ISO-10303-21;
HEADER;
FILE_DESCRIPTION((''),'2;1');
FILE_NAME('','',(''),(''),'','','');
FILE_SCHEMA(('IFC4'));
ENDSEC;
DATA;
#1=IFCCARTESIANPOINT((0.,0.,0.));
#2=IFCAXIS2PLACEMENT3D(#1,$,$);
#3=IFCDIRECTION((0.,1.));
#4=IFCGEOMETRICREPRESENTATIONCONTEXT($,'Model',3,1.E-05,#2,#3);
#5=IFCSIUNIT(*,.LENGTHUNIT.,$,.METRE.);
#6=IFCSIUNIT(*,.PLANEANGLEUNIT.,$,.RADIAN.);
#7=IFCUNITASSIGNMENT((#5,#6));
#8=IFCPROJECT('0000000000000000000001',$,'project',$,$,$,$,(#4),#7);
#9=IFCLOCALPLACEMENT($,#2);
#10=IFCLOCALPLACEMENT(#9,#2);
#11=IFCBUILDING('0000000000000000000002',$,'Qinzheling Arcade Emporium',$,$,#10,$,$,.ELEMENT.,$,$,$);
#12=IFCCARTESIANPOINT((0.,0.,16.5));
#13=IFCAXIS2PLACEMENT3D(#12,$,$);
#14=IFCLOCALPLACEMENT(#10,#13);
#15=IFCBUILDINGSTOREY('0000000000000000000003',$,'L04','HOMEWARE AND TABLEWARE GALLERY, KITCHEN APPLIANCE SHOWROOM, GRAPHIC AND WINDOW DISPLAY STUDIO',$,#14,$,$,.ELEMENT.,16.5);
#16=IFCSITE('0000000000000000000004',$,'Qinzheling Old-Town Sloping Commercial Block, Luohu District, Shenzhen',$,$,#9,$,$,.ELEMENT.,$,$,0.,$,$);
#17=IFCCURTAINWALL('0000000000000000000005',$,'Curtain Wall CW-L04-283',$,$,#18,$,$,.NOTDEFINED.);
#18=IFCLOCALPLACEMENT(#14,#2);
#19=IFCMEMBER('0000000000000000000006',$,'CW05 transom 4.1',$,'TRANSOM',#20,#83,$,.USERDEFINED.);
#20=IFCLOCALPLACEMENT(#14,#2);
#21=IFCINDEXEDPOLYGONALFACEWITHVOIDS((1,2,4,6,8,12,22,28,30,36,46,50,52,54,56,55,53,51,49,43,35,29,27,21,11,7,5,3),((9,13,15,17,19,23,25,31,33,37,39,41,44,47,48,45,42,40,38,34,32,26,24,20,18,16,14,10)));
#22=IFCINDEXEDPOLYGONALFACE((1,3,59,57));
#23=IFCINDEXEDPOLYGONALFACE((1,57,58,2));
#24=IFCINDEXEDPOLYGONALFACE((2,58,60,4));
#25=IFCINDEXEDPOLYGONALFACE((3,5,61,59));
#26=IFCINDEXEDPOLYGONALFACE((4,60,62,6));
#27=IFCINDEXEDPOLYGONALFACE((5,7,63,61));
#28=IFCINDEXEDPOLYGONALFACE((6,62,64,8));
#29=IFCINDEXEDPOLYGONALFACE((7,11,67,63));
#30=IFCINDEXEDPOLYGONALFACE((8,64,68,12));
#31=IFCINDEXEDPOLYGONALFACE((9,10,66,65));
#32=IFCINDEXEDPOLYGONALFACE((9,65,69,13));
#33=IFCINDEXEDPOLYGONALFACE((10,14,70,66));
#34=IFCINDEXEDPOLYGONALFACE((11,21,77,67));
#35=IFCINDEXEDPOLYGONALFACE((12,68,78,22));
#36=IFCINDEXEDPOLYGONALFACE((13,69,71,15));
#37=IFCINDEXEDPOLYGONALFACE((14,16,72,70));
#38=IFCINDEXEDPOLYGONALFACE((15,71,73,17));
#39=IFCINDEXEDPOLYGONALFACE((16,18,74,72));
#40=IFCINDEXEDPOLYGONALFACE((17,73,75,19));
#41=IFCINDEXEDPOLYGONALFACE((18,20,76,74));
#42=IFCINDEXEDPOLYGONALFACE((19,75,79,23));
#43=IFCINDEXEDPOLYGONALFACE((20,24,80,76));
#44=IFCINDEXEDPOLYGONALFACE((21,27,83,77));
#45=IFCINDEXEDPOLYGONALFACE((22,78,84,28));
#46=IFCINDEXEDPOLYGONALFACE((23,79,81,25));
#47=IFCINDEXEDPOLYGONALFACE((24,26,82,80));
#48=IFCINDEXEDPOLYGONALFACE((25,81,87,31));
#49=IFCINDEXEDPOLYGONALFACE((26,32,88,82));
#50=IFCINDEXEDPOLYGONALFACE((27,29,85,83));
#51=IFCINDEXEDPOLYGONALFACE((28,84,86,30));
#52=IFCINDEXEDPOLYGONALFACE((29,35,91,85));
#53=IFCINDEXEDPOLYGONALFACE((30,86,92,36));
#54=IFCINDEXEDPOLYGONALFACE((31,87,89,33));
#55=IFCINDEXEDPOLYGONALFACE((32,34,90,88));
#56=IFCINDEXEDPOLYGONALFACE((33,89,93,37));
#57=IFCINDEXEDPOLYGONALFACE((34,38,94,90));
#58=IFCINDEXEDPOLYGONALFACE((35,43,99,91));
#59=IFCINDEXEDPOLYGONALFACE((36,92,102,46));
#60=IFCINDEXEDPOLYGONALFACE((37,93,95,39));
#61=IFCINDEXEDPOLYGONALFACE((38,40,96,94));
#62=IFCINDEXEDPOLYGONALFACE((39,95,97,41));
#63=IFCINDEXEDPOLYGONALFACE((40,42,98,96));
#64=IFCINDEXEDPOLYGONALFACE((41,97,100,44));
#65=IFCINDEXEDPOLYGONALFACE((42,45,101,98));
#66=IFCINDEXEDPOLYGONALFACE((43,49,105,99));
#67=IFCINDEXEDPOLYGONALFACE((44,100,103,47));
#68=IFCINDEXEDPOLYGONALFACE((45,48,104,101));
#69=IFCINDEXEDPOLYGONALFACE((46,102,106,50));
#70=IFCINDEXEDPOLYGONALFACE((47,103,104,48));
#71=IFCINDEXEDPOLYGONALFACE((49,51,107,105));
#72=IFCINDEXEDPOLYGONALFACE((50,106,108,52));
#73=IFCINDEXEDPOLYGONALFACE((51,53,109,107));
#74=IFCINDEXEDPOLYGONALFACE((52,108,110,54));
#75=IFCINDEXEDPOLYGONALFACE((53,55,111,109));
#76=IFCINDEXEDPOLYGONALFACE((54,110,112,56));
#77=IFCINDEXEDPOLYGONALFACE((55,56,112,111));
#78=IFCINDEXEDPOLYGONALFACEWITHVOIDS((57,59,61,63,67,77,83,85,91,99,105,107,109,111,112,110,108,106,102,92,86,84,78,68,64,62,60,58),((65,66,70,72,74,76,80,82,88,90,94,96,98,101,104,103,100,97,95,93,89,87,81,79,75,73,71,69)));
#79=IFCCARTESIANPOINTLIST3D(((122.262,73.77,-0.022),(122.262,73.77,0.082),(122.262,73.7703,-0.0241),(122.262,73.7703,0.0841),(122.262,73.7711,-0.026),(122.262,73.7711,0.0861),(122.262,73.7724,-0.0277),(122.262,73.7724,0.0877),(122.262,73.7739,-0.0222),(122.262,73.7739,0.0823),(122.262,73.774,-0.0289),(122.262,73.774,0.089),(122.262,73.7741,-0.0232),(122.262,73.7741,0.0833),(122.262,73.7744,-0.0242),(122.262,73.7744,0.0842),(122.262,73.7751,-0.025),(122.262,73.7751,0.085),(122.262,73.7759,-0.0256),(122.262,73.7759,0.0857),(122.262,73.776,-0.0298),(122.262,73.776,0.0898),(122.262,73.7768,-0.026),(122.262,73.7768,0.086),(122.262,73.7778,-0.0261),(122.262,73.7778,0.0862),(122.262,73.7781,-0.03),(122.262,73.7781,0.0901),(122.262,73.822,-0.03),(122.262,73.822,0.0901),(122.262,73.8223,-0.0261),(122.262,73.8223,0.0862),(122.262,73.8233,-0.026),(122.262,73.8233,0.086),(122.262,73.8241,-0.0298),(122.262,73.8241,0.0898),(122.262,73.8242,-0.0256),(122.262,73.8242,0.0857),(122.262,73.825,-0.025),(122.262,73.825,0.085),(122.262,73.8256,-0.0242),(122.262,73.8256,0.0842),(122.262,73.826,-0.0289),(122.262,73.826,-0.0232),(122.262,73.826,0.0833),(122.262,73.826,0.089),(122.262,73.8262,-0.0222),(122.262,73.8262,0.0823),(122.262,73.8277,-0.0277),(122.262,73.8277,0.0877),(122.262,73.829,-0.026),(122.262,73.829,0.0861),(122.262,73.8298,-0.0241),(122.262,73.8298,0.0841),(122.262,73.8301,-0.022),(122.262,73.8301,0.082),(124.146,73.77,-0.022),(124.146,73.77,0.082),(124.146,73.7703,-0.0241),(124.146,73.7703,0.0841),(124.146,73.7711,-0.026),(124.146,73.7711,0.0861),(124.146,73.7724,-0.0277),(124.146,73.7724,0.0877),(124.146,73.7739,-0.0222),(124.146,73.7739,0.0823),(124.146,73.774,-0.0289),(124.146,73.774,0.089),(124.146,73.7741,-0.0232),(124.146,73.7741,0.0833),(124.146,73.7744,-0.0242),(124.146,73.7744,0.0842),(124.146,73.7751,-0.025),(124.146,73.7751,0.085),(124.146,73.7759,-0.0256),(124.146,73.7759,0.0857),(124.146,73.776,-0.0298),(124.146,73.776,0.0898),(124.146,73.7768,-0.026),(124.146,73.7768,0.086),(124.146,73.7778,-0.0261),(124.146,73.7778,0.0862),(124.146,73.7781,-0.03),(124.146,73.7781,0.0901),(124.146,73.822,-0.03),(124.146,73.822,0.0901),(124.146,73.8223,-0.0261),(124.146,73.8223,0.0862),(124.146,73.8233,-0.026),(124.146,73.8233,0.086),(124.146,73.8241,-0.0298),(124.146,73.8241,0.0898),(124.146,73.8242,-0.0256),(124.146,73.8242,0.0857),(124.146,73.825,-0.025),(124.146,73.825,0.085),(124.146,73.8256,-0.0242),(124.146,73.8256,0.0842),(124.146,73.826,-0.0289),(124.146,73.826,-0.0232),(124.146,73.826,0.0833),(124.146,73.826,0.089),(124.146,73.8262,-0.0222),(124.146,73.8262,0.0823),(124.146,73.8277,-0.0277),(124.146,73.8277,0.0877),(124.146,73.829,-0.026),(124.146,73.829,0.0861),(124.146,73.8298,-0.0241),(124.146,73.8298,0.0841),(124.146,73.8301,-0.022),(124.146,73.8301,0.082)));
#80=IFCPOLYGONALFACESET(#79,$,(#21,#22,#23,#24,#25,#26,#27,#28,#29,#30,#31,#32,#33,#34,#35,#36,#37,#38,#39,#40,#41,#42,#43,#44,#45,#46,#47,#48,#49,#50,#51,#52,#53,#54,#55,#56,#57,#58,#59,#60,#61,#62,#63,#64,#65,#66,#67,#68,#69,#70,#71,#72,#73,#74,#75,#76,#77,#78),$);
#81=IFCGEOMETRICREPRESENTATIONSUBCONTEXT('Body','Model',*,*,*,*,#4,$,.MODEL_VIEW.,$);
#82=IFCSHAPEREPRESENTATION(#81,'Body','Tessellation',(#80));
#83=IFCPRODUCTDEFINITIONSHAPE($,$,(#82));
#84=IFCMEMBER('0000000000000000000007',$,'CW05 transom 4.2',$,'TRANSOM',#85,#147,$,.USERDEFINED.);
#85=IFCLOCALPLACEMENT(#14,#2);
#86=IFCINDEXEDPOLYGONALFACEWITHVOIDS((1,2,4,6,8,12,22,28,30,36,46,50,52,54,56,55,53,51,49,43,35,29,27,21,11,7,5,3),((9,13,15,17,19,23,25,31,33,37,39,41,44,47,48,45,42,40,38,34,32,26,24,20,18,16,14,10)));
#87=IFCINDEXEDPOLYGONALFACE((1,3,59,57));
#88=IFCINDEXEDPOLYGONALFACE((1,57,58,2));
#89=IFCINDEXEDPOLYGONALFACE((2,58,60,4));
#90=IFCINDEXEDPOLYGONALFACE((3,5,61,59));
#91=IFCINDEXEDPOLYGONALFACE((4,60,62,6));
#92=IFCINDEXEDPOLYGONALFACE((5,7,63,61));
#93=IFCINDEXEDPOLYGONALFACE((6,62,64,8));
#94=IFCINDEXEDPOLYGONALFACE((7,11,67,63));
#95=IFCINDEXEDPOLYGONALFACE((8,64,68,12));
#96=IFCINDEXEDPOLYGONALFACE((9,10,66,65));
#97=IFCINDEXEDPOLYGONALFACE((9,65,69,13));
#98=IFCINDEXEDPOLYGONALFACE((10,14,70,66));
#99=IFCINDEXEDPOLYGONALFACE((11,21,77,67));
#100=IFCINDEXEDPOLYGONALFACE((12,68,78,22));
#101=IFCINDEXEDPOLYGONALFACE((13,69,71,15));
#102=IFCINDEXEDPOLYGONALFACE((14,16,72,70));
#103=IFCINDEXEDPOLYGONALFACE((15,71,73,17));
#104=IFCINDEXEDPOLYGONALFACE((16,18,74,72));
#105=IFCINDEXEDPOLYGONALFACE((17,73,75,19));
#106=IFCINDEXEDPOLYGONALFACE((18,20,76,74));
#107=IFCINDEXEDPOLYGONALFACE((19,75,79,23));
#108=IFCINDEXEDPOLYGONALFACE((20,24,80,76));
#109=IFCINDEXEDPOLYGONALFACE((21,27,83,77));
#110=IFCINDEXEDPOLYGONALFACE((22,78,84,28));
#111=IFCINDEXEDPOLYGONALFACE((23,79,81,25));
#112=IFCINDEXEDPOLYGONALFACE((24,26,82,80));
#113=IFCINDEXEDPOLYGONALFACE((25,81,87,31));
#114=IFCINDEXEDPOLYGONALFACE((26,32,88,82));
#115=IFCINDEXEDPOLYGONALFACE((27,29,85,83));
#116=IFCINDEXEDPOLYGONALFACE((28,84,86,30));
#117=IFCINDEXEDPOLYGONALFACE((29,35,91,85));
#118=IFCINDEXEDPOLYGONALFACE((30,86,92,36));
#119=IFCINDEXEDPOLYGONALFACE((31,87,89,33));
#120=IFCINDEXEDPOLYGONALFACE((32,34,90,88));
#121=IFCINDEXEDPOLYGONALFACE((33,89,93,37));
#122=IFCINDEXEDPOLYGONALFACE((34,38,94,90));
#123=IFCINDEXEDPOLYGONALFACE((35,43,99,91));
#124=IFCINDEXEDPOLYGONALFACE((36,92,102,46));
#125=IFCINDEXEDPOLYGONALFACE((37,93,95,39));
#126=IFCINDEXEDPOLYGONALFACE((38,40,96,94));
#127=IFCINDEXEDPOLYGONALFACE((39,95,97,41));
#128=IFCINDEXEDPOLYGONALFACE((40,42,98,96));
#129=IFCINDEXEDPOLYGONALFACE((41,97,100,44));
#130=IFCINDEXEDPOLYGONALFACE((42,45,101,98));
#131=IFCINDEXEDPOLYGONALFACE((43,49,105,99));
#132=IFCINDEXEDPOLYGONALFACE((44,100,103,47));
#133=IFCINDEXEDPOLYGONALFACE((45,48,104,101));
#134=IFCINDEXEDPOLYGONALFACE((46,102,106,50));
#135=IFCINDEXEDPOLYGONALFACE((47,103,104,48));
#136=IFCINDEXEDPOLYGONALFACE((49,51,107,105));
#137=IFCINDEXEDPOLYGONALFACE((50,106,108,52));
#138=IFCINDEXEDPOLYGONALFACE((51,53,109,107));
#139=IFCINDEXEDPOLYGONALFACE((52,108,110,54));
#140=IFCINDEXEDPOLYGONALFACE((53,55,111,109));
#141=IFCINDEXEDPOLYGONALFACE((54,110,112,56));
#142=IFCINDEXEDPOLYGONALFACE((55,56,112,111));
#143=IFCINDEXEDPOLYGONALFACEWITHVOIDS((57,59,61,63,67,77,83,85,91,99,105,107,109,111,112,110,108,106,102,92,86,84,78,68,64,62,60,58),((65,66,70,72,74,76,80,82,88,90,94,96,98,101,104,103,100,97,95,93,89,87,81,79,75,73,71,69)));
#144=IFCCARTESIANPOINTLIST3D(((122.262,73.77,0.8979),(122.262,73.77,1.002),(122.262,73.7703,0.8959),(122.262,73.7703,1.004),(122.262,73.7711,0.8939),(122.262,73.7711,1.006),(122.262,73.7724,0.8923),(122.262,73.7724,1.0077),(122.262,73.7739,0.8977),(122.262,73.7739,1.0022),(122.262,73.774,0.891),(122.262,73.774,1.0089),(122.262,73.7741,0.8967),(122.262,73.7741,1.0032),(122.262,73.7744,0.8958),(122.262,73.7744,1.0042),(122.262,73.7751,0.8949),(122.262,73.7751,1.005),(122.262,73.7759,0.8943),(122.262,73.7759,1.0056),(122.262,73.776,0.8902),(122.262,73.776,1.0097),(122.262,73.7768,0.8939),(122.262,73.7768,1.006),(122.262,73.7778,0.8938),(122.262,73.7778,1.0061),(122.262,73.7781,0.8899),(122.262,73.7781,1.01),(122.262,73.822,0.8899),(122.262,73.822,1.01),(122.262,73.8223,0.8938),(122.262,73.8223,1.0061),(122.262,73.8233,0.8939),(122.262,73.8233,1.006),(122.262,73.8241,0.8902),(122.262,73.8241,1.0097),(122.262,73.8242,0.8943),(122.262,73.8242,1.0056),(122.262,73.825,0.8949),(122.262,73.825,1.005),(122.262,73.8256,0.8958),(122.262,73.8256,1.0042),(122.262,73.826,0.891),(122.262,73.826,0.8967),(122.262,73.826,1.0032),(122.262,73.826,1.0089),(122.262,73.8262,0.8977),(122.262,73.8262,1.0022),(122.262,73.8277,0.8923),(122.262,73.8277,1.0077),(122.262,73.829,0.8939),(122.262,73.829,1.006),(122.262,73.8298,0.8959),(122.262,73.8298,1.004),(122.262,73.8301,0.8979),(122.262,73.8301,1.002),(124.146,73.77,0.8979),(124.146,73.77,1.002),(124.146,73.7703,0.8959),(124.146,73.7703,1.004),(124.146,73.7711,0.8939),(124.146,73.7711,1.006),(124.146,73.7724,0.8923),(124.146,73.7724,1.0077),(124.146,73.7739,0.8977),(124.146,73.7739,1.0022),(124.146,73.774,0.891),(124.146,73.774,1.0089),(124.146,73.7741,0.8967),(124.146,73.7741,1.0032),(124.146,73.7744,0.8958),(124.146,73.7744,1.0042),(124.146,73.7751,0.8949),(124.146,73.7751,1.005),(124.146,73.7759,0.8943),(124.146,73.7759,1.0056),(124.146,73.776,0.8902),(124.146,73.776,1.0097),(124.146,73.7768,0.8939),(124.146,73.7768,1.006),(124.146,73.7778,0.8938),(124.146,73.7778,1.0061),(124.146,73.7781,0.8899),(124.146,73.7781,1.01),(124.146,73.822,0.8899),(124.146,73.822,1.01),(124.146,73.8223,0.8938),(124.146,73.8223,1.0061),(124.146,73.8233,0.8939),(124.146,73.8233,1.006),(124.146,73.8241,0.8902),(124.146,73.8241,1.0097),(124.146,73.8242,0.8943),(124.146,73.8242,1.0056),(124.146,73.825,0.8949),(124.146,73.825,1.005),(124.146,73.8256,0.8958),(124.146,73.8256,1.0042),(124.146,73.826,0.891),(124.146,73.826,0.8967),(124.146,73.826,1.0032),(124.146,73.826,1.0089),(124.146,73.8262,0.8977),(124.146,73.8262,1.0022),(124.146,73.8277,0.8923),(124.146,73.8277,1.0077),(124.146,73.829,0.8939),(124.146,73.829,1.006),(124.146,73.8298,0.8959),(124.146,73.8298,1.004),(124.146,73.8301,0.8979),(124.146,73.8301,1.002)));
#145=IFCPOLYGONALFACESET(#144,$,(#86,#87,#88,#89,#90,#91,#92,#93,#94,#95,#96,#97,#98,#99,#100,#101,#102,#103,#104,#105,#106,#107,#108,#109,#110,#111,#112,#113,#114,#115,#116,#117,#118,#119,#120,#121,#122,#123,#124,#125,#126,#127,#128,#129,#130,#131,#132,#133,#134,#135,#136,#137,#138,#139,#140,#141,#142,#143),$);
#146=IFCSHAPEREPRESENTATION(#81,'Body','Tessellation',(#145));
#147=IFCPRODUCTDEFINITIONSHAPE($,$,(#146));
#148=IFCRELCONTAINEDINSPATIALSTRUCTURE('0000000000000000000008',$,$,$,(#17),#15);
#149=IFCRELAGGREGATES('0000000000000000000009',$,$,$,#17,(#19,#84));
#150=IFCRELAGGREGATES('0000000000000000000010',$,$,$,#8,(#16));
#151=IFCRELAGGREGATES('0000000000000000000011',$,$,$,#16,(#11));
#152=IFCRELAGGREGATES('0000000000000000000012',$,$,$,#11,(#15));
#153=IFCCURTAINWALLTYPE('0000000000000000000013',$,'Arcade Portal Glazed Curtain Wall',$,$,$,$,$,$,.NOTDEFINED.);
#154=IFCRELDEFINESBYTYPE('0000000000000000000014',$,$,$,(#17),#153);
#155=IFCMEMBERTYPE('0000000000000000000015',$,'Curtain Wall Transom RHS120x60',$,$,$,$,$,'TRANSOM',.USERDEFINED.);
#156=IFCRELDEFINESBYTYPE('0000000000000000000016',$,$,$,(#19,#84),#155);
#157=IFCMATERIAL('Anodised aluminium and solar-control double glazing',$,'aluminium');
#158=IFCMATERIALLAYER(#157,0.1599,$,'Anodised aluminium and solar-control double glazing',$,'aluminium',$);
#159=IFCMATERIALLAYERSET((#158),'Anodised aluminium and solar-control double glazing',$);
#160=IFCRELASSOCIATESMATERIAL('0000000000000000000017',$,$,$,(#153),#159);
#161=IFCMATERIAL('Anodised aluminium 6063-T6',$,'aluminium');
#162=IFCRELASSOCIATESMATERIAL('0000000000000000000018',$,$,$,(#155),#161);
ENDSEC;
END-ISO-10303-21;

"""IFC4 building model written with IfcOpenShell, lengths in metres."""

from ifc_helpers import new_model, si_unit, direction, frame, origin, origin_2d, place, context, subcontext, project, spatial, hollow_rectangle, extrude, material, layer, layer_set, material_profile, profile_set, type_object, element, aggregate, save


model = new_model("IFC4")

# Units and contexts
model_context = context("Model", 3, precision=1e-05, world=origin(), true_north=direction((0.0, 1.0)))
body_context = subcontext(model_context, "Body", "Model", "MODEL_VIEW")
ifc_project = project(units=[si_unit("LENGTHUNIT", "METRE"), si_unit("PLANEANGLEUNIT", "RADIAN")], contexts=[model_context])

# Site, building, storey
site_placement = place(None, origin())
site = spatial("IfcSite", under=ifc_project, at=site_placement, Name="Qinzheling Old-Town Sloping Commercial Block, Luohu District, Shenzhen", CompositionType="ELEMENT", RefElevation=0.0)
building_placement = place(site_placement, origin())
building = spatial("IfcBuilding", under=site, at=building_placement, Name="Qinzheling Arcade Emporium", CompositionType="ELEMENT")
storey_placement = place(building_placement, frame((0.0, 0.0, 16.5)))
storey = spatial("IfcBuildingStorey", under=building, at=storey_placement, Name="L04", Description="HOMEWARE AND TABLEWARE GALLERY, KITCHEN APPLIANCE SHOWROOM, GRAPHIC AND WINDOW DISPLAY STUDIO", CompositionType="ELEMENT", Elevation=16.5)

# Shared definitions
ifc_material_1 = material(Name="Anodised aluminium and solar-control double glazing", Category="aluminium")
ifc_layer_1 = layer(ifc_material_1, 0.1599, Name="Anodised aluminium and solar-control double glazing", Category="aluminium")
ifc_layer_set_1 = layer_set([ifc_layer_1], Name="Anodised aluminium and solar-control double glazing")
curtain_wall_type = type_object("IfcCurtainWallType", Name="Arcade Portal Glazed Curtain Wall", PredefinedType="NOTDEFINED", material=ifc_layer_set_1)
ifc_material_2 = material(Name="Anodised aluminium 6063-T6", Category="aluminium")

# Curtain wall, members
curtain_wall_1_placement = place(storey_placement, origin())
curtain_wall_1 = element("IfcCurtainWall", 1, at=curtain_wall_1_placement, inside=storey, type_object=curtain_wall_type, Name="Curtain Wall CW-L04-283", PredefinedType="NOTDEFINED")
ifc_material_profile_1 = material_profile(ifc_material_2, hollow_rectangle(XDim=0.0601, YDim=0.1201, WallThickness=0.0039, InnerFilletRadius=0.0039, OuterFilletRadius=0.0081, at=origin_2d()), Name="RHS 120x60x4", Category="aluminium")
ifc_profile_set_1 = profile_set([ifc_material_profile_1], Name="Anodised aluminium 6063-T6")
member_type_1 = type_object("IfcMemberType", Name="Curtain Wall Transom RHS120x60", ElementType="TRANSOM", PredefinedType="USERDEFINED", material=ifc_profile_set_1)
member_1_placement = place(storey_placement, frame((124.146, 73.8, 0.03), z_axis=(-1.0, 0.0, 0.0), x_axis=(0.0, -1.0, 0.0)))
member_1 = element("IfcMember", 2, at=member_1_placement, type_object=member_type_1, Name="CW05 transom 4.1", ObjectType="TRANSOM", PredefinedType="USERDEFINED", context=body_context, shape_type="SweptSolid", body=[
    extrude(hollow_rectangle(XDim=0.0601, YDim=0.1201, WallThickness=0.0039, InnerFilletRadius=0.0039, OuterFilletRadius=0.0081, at=origin_2d()), origin(), (0.0, 0.0, 1.0), 1.884),
])
member_2_placement = place(storey_placement, frame((124.146, 73.8, 0.95), z_axis=(-1.0, 0.0, 0.0), x_axis=(0.0, -1.0, 0.0)))
member_2 = element("IfcMember", 3, at=member_2_placement, type_object=member_type_1, Name="CW05 transom 4.2", ObjectType="TRANSOM", PredefinedType="USERDEFINED", context=body_context, shape_type="SweptSolid", body=[
    extrude(hollow_rectangle(XDim=0.0601, YDim=0.1201, WallThickness=0.0039, InnerFilletRadius=0.0039, OuterFilletRadius=0.0081, at=origin_2d()), origin(), (0.0, 0.0, 1.0), 1.884),
])

aggregate(curtain_wall_1, [member_1, member_2])

save(model, "model.ifc")
